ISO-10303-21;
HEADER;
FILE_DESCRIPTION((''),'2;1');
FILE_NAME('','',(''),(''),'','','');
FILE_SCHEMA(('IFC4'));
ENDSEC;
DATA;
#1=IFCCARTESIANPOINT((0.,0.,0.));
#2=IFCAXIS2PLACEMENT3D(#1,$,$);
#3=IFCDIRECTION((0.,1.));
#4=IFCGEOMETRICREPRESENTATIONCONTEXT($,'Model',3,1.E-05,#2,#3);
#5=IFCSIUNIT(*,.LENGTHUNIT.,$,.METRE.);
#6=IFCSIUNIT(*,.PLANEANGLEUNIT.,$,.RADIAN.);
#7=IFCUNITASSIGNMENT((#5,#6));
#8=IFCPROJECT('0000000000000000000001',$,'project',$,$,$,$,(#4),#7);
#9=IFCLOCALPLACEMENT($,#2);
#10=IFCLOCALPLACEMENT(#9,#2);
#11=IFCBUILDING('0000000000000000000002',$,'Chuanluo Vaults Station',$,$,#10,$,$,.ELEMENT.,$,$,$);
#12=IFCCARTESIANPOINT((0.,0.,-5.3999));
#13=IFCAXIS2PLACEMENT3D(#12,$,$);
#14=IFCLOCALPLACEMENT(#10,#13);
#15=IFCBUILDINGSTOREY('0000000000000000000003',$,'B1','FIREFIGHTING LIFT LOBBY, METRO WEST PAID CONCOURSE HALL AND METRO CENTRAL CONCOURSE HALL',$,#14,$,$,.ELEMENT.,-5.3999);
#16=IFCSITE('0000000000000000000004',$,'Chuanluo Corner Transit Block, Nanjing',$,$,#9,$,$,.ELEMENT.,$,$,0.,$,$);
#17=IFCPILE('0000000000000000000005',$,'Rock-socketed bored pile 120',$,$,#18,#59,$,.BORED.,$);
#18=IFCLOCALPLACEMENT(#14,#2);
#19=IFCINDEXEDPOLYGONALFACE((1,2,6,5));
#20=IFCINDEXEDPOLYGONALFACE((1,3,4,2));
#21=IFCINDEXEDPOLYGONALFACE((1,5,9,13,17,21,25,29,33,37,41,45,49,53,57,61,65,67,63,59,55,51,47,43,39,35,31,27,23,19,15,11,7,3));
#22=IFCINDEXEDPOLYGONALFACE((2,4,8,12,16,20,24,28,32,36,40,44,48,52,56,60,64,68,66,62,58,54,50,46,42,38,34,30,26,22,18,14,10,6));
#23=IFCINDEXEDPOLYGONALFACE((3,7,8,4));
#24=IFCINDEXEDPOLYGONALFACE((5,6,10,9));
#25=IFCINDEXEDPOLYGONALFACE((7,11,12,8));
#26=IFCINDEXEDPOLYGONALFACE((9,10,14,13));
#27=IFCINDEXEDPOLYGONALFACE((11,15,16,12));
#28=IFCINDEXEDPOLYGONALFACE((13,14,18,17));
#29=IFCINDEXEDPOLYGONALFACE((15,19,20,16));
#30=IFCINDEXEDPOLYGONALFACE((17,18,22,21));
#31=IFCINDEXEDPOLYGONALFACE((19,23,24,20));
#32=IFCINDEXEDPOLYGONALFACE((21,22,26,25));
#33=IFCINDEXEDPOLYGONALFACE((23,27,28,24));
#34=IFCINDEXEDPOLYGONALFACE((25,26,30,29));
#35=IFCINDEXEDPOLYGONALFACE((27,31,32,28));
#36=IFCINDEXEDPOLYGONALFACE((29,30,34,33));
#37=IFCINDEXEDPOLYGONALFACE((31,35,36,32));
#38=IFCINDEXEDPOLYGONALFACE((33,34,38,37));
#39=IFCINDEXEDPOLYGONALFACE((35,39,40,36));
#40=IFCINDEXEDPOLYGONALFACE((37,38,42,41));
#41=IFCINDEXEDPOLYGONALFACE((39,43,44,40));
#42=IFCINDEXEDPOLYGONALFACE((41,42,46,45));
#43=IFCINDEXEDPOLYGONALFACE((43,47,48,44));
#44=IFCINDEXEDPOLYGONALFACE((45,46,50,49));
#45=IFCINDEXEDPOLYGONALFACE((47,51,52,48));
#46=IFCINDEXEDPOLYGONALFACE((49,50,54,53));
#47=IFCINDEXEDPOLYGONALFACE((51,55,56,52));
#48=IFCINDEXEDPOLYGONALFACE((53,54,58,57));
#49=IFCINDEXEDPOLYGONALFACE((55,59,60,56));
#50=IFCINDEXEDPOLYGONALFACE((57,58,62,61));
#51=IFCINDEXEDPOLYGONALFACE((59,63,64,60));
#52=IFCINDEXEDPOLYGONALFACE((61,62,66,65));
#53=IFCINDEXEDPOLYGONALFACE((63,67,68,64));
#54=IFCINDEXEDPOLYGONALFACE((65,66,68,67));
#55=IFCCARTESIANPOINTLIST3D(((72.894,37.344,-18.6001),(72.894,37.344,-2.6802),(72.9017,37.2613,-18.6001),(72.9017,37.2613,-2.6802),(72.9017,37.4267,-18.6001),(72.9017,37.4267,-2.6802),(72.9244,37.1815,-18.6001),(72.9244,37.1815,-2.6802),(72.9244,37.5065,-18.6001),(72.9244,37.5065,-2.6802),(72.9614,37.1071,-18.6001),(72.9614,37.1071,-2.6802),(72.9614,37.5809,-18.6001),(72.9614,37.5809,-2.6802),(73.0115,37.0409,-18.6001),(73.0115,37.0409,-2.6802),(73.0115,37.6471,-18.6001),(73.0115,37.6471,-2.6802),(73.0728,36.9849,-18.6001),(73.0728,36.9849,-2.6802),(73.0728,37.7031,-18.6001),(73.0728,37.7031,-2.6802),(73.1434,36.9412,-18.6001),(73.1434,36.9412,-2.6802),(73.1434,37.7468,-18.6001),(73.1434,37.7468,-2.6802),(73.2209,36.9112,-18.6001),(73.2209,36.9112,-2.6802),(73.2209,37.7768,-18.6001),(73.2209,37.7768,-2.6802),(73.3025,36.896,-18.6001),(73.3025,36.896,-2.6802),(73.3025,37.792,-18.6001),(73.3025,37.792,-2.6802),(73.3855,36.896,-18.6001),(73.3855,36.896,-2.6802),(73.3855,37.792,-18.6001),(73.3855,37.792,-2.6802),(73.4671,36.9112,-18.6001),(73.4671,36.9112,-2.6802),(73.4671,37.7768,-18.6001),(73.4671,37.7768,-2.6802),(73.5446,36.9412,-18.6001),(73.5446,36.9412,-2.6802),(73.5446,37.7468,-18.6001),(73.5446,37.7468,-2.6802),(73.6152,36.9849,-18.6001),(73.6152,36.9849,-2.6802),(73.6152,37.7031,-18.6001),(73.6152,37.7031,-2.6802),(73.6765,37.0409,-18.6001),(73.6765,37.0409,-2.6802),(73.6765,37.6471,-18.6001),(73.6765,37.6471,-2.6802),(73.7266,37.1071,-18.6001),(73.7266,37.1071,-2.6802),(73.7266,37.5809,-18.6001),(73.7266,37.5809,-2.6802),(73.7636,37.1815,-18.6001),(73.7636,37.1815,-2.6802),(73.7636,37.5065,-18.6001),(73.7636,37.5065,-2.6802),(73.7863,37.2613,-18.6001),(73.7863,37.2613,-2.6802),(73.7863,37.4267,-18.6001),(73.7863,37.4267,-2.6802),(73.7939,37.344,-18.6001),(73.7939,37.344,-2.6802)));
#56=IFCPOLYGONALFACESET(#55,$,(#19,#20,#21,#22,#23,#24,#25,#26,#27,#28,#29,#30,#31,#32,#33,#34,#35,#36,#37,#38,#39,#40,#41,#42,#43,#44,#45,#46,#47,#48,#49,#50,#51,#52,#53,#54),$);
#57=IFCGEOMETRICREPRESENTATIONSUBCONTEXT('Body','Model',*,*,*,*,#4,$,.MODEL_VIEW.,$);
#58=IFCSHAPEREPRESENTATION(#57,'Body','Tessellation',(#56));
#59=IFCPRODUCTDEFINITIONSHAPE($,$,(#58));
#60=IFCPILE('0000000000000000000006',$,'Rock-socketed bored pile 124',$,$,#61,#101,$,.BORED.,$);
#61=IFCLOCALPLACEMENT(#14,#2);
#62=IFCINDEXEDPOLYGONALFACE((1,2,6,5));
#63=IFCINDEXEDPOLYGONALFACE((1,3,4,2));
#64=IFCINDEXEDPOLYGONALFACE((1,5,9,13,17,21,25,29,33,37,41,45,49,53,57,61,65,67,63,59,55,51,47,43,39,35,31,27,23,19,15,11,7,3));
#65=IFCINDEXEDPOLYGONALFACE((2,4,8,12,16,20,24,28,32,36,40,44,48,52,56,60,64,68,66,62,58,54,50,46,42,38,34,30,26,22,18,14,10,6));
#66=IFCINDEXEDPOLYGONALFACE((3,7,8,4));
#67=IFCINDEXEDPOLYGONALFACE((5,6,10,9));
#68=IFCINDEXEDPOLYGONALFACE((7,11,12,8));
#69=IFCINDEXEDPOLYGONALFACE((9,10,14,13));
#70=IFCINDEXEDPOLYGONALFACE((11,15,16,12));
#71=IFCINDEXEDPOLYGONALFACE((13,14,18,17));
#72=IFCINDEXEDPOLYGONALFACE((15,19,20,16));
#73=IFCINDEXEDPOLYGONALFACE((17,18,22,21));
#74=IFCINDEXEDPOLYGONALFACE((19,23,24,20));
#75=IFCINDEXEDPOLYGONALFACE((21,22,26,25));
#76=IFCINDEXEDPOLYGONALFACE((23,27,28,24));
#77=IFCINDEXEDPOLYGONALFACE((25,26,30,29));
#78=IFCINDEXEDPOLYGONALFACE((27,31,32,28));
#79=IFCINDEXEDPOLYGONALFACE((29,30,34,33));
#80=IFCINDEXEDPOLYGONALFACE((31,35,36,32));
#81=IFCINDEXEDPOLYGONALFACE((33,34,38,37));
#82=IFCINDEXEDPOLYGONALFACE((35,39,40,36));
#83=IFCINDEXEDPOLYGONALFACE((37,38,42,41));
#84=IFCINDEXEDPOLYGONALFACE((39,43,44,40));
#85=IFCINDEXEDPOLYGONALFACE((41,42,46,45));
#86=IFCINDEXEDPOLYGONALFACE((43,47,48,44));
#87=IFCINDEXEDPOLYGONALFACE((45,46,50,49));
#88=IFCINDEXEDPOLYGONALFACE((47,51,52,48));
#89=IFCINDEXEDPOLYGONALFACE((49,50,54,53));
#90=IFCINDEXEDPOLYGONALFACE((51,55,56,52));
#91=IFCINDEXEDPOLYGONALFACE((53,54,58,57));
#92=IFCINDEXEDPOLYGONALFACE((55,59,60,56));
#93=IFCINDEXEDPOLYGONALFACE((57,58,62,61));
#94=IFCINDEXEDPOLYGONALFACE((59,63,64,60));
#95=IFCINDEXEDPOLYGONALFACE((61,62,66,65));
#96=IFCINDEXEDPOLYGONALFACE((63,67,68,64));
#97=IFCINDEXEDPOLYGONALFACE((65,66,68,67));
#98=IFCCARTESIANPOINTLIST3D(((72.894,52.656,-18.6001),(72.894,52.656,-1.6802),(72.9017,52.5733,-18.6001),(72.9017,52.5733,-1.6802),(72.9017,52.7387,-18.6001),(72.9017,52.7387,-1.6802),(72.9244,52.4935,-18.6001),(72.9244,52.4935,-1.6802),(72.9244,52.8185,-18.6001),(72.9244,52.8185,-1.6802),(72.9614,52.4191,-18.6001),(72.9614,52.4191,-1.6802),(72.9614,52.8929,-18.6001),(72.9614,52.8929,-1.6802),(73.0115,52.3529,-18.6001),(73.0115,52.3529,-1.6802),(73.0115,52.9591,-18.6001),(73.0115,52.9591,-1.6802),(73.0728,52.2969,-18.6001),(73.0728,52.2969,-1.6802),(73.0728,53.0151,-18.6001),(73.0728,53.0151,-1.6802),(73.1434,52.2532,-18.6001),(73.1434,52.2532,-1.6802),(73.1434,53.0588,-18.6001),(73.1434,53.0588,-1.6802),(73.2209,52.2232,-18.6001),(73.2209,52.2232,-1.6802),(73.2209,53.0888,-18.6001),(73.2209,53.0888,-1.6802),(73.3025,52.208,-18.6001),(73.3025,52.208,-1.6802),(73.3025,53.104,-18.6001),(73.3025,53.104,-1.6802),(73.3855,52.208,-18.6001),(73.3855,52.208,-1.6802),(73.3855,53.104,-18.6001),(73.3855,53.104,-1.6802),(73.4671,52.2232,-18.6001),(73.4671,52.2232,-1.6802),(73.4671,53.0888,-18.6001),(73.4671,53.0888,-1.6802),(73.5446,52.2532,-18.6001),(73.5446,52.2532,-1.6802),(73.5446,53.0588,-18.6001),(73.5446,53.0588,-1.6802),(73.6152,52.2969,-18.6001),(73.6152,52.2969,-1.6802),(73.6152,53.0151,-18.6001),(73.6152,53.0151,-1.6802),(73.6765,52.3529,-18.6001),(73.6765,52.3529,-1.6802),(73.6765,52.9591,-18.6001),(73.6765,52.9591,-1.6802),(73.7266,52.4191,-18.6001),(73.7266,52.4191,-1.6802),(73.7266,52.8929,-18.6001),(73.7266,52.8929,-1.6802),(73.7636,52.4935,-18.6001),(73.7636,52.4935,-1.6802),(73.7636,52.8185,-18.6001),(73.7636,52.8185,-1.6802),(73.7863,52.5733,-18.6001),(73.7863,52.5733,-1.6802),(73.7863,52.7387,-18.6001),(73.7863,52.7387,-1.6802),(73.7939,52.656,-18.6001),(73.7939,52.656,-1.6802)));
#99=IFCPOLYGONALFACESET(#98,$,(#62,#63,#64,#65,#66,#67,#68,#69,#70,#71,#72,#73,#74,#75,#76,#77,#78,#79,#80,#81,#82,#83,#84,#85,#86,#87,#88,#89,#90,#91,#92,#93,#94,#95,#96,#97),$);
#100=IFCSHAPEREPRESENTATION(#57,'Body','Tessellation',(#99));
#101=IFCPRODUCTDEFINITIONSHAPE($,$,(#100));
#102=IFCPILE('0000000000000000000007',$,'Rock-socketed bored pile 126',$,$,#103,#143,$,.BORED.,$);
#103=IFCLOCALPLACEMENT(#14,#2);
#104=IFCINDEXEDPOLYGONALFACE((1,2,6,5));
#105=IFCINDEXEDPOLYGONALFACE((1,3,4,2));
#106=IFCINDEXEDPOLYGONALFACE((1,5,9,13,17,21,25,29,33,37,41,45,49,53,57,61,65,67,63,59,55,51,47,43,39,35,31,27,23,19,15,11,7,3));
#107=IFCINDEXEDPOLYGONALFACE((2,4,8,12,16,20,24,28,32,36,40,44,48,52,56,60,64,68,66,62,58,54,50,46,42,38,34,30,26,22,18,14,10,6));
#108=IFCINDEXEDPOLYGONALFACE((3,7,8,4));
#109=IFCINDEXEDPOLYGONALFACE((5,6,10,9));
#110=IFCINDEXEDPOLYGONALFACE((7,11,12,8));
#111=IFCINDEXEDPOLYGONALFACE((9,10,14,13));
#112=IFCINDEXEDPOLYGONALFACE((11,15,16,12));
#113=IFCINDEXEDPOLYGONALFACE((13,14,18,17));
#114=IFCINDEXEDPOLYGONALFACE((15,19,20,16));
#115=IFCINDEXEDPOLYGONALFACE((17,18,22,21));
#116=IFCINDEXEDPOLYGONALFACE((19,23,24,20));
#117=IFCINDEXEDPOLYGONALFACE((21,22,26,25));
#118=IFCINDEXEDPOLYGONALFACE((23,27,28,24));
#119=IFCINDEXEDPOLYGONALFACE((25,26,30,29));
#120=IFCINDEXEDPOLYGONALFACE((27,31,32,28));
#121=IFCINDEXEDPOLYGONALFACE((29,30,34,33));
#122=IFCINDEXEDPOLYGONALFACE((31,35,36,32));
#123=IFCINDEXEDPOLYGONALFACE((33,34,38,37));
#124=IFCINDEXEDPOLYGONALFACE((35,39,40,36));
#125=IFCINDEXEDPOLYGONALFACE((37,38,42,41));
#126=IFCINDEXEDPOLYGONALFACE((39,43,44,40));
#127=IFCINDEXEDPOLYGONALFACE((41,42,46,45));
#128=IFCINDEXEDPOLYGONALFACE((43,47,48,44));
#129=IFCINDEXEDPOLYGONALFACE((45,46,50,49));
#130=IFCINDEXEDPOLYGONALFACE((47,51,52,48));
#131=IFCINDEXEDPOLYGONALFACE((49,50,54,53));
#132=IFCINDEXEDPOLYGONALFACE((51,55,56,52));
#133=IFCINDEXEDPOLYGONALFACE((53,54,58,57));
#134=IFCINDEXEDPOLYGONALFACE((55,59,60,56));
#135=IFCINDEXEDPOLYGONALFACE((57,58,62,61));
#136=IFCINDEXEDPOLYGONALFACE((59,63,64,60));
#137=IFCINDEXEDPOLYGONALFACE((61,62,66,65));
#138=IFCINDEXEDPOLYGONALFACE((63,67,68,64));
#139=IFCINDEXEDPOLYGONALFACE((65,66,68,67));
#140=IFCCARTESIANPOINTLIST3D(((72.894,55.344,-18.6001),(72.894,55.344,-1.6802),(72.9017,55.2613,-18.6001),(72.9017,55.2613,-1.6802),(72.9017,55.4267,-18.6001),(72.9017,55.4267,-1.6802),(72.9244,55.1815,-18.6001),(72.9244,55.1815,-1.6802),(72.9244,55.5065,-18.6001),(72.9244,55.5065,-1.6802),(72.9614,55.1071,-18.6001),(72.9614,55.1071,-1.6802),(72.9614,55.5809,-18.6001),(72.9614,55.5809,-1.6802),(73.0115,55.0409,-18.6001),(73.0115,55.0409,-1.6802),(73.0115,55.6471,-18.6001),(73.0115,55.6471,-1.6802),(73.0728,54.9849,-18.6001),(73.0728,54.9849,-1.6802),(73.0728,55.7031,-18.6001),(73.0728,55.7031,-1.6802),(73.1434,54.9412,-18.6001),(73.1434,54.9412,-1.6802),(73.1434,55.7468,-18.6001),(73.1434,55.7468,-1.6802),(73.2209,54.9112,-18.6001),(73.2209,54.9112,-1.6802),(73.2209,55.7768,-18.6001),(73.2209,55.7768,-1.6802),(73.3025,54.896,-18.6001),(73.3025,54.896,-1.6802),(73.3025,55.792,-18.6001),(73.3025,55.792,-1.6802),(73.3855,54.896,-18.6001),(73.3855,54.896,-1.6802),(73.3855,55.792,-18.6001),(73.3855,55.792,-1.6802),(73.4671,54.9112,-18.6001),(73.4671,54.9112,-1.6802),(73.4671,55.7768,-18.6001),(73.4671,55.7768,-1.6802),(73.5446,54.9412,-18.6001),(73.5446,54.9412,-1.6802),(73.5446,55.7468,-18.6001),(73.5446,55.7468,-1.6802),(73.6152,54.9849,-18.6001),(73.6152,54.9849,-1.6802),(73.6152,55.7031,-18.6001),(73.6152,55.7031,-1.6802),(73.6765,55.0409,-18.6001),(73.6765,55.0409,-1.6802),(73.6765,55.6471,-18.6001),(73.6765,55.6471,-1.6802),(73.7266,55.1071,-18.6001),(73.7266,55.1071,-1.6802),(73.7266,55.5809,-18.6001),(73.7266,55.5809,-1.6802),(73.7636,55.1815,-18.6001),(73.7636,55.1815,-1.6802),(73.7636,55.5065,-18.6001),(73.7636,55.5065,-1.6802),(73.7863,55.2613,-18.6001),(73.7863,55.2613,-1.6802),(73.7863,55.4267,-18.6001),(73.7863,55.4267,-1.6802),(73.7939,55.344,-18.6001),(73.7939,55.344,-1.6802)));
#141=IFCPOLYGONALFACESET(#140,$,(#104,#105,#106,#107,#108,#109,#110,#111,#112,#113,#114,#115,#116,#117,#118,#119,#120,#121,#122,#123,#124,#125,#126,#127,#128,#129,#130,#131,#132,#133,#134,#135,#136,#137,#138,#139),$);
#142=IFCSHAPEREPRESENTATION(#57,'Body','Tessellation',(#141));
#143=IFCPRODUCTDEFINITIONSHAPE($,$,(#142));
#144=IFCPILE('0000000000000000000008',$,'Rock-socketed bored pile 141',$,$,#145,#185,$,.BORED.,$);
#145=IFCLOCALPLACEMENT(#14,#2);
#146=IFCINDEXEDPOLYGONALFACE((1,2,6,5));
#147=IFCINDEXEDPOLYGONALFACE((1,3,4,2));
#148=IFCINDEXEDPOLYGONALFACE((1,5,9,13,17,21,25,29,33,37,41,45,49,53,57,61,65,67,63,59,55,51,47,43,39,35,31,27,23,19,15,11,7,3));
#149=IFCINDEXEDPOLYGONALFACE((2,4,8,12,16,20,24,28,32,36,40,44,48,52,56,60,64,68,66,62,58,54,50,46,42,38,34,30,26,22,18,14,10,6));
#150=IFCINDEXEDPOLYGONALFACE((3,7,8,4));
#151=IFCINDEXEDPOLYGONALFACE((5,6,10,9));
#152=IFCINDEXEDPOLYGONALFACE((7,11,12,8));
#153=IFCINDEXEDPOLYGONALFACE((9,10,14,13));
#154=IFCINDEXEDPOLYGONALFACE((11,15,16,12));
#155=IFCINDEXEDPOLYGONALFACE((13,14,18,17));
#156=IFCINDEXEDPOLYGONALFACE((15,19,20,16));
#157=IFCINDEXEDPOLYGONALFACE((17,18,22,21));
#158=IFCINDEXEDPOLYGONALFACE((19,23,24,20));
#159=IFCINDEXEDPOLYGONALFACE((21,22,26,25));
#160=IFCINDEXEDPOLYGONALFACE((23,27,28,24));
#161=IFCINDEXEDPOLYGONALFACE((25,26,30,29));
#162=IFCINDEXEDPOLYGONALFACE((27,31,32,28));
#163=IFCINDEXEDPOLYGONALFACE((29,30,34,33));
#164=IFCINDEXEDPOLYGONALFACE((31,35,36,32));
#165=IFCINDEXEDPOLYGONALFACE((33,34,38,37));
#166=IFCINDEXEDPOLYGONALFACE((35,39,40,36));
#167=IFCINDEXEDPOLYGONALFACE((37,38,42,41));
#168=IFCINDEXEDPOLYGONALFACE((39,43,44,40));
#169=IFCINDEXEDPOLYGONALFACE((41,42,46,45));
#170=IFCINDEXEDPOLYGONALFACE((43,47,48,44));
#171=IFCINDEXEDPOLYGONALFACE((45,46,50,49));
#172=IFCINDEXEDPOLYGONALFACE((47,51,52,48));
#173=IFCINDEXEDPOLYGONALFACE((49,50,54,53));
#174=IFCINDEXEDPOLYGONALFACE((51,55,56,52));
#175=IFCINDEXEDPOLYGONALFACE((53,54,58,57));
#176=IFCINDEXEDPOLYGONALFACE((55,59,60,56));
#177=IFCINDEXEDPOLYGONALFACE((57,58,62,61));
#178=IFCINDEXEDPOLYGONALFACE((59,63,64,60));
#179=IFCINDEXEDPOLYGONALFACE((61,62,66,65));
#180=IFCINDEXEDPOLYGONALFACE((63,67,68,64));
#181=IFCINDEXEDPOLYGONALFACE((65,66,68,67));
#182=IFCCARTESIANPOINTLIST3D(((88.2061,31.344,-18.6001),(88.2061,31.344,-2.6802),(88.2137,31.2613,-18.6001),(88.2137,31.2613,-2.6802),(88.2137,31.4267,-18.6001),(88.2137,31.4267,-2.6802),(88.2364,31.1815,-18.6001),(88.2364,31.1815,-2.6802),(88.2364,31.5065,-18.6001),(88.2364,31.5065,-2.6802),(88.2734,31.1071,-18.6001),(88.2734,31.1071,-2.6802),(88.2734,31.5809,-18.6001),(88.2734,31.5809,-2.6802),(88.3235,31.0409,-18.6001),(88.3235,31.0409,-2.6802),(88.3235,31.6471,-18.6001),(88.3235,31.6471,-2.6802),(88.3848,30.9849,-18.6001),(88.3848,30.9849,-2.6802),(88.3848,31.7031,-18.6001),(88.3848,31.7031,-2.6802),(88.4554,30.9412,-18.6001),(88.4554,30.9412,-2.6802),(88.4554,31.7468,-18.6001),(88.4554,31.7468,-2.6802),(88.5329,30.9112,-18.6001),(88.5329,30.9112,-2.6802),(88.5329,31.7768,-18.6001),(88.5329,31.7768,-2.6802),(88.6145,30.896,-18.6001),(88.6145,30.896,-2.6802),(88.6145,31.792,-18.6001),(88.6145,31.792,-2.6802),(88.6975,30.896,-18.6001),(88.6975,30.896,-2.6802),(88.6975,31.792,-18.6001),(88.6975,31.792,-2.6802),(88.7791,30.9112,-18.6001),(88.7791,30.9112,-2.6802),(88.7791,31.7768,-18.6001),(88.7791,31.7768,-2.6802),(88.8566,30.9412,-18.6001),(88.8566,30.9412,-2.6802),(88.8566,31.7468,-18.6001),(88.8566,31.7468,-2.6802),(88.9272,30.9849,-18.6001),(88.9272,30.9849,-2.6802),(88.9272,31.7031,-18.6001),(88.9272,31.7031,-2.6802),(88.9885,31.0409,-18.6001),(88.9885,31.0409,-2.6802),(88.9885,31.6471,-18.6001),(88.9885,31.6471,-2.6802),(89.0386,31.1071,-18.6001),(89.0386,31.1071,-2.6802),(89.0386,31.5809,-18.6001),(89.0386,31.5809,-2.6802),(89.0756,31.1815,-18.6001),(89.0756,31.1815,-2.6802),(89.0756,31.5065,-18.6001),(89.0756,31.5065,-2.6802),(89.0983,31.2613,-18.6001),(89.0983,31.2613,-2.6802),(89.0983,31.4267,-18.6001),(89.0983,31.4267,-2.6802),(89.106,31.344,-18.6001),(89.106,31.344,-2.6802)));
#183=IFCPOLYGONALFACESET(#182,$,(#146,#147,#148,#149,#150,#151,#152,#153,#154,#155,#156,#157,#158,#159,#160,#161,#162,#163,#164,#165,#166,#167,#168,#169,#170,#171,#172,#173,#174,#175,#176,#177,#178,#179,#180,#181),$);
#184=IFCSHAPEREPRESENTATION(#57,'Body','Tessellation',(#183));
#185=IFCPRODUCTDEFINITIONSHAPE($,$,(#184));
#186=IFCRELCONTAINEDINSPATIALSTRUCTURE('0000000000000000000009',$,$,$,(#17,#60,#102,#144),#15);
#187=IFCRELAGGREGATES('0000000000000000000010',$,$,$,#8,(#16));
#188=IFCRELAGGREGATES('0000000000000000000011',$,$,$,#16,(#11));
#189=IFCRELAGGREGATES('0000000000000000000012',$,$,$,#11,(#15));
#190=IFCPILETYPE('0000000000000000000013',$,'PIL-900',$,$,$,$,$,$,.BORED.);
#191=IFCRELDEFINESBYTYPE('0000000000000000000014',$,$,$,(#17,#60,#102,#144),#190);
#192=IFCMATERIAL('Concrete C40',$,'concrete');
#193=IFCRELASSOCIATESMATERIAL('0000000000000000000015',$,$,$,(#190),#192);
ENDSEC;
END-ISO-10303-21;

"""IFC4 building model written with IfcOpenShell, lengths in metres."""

from ifc_helpers import new_model, si_unit, direction, frame, origin, origin_2d, place, context, subcontext, project, spatial, circle, extrude, material, material_profile, profile_set, type_object, element, save


model = new_model("IFC4")

# Units and contexts
model_context = context("Model", 3, precision=1e-05, world=origin(), true_north=direction((0.0, 1.0)))
body_context = subcontext(model_context, "Body", "Model", "MODEL_VIEW")
ifc_project = project(units=[si_unit("LENGTHUNIT", "METRE"), si_unit("PLANEANGLEUNIT", "RADIAN")], contexts=[model_context])

# Site, building, storey
site_placement = place(None, origin())
site = spatial("IfcSite", under=ifc_project, at=site_placement, Name="Chuanluo Corner Transit Block, Nanjing", CompositionType="ELEMENT", RefElevation=0.0)
building_placement = place(site_placement, origin())
building = spatial("IfcBuilding", under=site, at=building_placement, Name="Chuanluo Vaults Station", CompositionType="ELEMENT")
storey_placement = place(building_placement, frame((0.0, 0.0, -5.3999)))
storey = spatial("IfcBuildingStorey", under=building, at=storey_placement, Name="B1", Description="FIREFIGHTING LIFT LOBBY, METRO WEST PAID CONCOURSE HALL AND METRO CENTRAL CONCOURSE HALL", CompositionType="ELEMENT", Elevation=-5.3999)

# Piles
ifc_material_1 = material(Name="Concrete C40", Category="concrete")
ifc_material_profile_1 = material_profile(ifc_material_1, circle(Radius=0.45, at=origin_2d()))
ifc_profile_set_1 = profile_set([ifc_material_profile_1], Name="Concrete C40")
pile_type_1 = type_object("IfcPileType", Name="PIL-900", PredefinedType="BORED", material=ifc_profile_set_1)
for number, where, z_axis, x_axis, name in (
    (1, (73.344, 37.344, -2.6802), (0.0, 0.0, -1.0), (1.0, 0.0, 0.0), "Rock-socketed bored pile 120"),
):
    element("IfcPile", number, at=place(storey_placement, frame(where, z_axis=z_axis, x_axis=x_axis)), inside=storey, type_object=pile_type_1, Name=name, PredefinedType="BORED", context=body_context, shape_type="SweptSolid", body=[
        extrude(circle(Radius=0.45, at=origin_2d()), origin(), (0.0, 0.0, 1.0), 15.9199),
    ])
for number, where, z_axis, x_axis, name in (
    (2, (73.344, 52.656, -1.6802), (0.0, 0.0, -1.0), (1.0, 0.0, 0.0), "Rock-socketed bored pile 124"),
    (3, (73.344, 55.344, -1.6802), (0.0, 0.0, -1.0), (1.0, 0.0, 0.0), "Rock-socketed bored pile 126"),
):
    element("IfcPile", number, at=place(storey_placement, frame(where, z_axis=z_axis, x_axis=x_axis)), inside=storey, type_object=pile_type_1, Name=name, PredefinedType="BORED", context=body_context, shape_type="SweptSolid", body=[
        extrude(circle(Radius=0.45, at=origin_2d()), origin(), (0.0, 0.0, 1.0), 16.9199),
    ])
for number, where, z_axis, x_axis, name in (
    (4, (88.656, 31.344, -2.6802), (0.0, 0.0, -1.0), (1.0, 0.0, 0.0), "Rock-socketed bored pile 141"),
):
    element("IfcPile", number, at=place(storey_placement, frame(where, z_axis=z_axis, x_axis=x_axis)), inside=storey, type_object=pile_type_1, Name=name, PredefinedType="BORED", context=body_context, shape_type="SweptSolid", body=[
        extrude(circle(Radius=0.45, at=origin_2d()), origin(), (0.0, 0.0, 1.0), 15.9199),
    ])

save(model, "model.ifc")
